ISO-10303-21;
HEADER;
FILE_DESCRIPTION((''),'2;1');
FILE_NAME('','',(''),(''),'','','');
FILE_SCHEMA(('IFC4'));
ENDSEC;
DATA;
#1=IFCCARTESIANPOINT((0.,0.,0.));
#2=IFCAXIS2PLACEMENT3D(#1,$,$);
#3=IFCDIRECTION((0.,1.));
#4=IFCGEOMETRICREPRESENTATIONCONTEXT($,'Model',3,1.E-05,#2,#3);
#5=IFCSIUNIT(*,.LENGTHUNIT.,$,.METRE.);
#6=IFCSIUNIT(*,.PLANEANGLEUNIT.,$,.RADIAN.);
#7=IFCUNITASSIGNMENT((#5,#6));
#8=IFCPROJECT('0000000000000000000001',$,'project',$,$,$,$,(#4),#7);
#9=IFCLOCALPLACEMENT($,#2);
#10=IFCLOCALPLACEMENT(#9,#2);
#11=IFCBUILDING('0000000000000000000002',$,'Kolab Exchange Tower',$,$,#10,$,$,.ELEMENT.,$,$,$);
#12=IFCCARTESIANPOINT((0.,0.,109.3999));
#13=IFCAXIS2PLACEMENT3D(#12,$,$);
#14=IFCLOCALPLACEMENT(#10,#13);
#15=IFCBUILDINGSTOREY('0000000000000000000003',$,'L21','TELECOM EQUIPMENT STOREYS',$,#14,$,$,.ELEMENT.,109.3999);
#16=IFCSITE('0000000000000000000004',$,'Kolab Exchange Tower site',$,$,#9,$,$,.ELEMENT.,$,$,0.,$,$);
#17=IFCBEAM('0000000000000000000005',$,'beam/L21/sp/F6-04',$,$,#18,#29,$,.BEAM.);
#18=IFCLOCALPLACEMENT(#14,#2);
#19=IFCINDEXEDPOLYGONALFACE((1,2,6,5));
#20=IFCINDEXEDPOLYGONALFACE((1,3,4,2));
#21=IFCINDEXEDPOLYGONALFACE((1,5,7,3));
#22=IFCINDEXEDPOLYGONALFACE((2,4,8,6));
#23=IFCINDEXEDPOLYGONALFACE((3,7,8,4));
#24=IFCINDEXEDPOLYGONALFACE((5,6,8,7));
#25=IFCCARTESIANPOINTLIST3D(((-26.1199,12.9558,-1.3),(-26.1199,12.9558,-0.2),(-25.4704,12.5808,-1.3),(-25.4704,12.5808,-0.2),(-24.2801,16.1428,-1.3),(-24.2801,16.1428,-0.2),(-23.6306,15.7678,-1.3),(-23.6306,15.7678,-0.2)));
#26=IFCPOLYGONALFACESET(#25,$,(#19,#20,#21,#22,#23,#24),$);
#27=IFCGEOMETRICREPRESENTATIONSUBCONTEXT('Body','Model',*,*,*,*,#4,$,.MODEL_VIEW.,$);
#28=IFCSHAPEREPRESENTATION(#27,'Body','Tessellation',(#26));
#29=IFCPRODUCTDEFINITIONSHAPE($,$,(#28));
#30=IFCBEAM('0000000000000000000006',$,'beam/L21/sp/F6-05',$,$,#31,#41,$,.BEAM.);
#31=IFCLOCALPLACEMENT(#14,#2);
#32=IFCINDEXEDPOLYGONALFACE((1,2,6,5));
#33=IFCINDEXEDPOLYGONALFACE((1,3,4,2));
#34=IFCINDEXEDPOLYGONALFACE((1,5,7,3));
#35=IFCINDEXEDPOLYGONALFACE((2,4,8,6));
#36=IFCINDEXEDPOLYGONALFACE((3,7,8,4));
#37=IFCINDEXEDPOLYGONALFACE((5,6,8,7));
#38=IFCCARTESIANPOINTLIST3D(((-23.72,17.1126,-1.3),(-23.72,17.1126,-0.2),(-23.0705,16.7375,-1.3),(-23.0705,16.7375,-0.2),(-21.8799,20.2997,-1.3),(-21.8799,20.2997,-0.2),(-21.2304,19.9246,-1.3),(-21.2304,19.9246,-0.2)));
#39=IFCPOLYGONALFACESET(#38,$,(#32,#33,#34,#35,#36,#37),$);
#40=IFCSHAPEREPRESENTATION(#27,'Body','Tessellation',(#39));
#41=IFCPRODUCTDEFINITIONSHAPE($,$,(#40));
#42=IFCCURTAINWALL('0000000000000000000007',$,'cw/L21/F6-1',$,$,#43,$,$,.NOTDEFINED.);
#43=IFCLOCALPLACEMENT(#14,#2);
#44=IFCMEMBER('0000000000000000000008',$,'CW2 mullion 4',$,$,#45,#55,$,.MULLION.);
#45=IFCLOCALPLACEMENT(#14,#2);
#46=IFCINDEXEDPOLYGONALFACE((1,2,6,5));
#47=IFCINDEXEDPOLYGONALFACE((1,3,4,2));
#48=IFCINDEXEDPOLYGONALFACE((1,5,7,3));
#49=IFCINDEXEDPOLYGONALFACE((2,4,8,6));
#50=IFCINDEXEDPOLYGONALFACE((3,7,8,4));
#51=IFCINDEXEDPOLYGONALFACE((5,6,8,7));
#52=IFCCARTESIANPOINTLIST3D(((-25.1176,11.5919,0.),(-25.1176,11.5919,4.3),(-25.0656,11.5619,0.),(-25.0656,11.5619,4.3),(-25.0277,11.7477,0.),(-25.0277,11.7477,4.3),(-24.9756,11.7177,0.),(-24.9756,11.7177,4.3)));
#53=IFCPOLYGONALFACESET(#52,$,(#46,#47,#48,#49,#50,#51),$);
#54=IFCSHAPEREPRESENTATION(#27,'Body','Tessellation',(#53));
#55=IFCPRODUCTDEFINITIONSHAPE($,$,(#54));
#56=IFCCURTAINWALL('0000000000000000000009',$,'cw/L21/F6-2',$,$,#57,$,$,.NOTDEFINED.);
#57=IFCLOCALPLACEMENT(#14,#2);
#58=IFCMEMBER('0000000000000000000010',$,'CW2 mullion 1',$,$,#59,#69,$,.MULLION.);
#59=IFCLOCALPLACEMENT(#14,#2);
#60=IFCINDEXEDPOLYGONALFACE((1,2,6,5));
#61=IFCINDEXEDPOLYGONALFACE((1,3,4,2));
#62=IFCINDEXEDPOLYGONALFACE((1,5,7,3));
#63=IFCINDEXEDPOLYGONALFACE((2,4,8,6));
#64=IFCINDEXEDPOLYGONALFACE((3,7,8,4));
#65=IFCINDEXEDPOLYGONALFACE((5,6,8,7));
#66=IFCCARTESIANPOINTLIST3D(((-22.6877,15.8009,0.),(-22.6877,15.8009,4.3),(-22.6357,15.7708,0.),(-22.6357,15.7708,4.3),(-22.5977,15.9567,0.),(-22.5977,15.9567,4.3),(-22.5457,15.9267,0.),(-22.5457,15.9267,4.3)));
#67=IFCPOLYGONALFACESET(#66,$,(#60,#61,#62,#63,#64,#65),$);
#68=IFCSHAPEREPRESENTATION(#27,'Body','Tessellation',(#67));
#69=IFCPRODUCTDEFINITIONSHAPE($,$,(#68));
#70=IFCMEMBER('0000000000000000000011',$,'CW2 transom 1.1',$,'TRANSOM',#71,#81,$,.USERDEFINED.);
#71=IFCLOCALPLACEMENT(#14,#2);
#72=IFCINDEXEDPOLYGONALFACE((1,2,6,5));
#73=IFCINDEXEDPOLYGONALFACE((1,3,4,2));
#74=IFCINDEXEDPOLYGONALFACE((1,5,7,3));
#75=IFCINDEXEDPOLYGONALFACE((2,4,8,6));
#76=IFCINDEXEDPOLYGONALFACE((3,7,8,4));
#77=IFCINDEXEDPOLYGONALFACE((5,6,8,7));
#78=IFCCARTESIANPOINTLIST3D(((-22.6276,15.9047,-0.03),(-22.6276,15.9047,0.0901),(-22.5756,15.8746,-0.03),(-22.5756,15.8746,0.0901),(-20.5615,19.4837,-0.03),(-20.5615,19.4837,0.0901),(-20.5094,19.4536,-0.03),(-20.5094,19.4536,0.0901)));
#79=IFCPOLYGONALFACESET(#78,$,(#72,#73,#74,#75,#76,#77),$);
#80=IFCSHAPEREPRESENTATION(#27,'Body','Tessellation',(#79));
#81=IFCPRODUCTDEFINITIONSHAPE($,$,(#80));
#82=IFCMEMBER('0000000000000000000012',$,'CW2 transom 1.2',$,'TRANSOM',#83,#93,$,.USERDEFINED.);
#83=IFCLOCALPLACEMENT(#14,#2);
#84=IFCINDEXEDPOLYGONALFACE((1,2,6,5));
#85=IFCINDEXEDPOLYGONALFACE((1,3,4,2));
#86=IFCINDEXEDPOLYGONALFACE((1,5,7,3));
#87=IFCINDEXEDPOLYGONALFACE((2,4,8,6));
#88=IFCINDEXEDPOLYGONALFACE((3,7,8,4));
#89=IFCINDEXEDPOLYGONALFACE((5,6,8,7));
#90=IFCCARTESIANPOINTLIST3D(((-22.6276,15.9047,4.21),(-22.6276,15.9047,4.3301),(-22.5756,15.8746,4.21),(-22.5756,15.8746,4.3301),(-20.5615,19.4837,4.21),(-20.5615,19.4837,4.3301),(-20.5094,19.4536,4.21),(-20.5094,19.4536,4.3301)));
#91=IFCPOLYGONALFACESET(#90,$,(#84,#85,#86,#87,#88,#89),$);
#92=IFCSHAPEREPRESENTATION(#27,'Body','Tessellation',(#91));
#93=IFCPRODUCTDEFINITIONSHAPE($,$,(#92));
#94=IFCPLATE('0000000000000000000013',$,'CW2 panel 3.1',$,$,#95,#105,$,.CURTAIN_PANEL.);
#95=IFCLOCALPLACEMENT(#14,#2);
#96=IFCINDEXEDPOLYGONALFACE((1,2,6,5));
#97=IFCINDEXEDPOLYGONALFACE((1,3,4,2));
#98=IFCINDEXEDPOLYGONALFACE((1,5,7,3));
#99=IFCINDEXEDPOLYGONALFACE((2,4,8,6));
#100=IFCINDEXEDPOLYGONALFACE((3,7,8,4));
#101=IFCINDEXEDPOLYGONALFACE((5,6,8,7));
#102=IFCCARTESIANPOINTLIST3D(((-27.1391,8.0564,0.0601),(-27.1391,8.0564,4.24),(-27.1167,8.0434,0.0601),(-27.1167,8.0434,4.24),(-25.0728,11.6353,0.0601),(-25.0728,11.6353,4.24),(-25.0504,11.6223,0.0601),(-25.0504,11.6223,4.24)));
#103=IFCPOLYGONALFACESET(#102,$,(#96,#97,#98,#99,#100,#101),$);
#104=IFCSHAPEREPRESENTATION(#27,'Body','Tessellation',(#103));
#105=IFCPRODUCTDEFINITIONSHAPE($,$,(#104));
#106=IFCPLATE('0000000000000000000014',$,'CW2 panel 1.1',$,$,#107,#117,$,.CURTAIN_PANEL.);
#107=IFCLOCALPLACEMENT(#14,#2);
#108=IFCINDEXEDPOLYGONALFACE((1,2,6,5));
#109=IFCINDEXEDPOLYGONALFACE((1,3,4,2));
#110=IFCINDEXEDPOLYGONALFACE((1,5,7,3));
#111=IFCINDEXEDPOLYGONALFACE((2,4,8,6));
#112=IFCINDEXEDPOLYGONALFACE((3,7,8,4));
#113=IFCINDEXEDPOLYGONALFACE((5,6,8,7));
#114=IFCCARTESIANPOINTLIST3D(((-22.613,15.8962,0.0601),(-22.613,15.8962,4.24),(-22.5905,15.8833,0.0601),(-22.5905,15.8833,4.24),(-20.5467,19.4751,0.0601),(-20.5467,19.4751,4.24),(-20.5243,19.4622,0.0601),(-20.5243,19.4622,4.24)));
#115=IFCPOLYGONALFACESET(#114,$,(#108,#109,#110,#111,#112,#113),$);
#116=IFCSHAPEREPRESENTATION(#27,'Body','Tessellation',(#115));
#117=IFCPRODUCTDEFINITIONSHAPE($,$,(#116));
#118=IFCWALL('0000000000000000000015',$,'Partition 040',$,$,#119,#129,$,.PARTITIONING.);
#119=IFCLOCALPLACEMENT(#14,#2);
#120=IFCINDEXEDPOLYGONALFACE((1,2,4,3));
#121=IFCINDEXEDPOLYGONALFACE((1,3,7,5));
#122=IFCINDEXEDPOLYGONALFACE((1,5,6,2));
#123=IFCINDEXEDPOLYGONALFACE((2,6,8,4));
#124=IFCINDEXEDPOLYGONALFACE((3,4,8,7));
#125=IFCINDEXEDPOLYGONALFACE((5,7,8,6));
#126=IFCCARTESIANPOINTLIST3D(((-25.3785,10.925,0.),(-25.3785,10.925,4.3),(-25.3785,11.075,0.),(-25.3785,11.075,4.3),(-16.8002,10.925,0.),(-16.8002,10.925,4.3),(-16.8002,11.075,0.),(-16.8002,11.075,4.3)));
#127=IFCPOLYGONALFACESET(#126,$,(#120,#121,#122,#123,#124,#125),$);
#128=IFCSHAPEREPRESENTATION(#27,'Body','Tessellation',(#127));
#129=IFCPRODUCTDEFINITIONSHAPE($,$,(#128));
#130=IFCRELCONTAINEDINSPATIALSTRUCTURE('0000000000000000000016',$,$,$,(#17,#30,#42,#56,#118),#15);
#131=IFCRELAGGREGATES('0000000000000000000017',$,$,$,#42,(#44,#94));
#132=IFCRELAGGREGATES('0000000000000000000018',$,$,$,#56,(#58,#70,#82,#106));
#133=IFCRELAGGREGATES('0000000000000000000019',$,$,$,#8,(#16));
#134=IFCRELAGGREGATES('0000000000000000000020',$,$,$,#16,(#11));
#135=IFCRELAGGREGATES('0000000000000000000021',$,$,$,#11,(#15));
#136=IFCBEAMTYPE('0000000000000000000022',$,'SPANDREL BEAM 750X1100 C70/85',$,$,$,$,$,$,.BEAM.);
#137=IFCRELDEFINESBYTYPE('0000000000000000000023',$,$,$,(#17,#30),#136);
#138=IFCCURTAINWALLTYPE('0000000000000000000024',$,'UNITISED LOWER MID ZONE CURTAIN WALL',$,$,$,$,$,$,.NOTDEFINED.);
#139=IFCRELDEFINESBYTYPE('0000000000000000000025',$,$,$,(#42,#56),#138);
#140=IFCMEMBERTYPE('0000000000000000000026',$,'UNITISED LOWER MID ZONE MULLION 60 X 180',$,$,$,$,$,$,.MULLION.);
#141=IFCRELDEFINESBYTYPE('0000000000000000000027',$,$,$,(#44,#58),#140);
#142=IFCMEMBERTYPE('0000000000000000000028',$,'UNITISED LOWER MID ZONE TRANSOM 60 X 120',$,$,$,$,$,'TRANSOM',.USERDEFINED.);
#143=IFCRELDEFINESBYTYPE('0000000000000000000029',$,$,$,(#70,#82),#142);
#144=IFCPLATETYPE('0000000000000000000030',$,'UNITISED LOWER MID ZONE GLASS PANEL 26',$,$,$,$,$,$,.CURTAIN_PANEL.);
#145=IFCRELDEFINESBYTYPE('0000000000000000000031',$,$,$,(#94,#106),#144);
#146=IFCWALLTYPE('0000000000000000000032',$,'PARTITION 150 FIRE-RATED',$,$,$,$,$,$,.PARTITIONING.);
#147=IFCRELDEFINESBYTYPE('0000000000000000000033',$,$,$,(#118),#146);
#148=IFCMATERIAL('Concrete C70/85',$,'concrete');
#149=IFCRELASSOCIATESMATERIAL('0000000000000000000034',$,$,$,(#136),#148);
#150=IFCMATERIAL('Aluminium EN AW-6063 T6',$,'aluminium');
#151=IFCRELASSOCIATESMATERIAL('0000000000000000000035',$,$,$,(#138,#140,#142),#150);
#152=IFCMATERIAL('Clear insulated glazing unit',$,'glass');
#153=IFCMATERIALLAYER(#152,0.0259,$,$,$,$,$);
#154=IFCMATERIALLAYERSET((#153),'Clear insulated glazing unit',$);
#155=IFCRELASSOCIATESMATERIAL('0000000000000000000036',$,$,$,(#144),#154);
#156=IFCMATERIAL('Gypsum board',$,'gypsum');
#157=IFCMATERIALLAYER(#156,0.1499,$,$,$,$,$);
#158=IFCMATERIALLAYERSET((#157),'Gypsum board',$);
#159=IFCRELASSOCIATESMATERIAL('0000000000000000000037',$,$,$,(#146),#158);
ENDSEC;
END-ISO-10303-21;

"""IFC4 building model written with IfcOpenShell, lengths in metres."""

from ifc_helpers import new_model, si_unit, direction, frame, frame_2d, origin, origin_2d, place, context, subcontext, project, spatial, rectangle, extrude, material, layer, layer_set, material_profile, profile_set, type_object, element, aggregate, save


model = new_model("IFC4")

# Units and contexts
model_context = context("Model", 3, precision=1e-05, world=origin(), true_north=direction((0.0, 1.0)))
body_context = subcontext(model_context, "Body", "Model", "MODEL_VIEW")
ifc_project = project(units=[si_unit("LENGTHUNIT", "METRE"), si_unit("PLANEANGLEUNIT", "RADIAN")], contexts=[model_context])

# Site, building, storey
site_placement = place(None, origin())
site = spatial("IfcSite", under=ifc_project, at=site_placement, Name="Kolab Exchange Tower site", CompositionType="ELEMENT", RefElevation=0.0)
building_placement = place(site_placement, origin())
building = spatial("IfcBuilding", under=site, at=building_placement, Name="Kolab Exchange Tower", CompositionType="ELEMENT")
storey_placement = place(building_placement, frame((0.0, 0.0, 109.3999)))
storey = spatial("IfcBuildingStorey", under=building, at=storey_placement, Name="L21", Description="TELECOM EQUIPMENT STOREYS", CompositionType="ELEMENT", Elevation=109.3999)

# Shared definitions
ifc_material_1 = material(Name="Concrete C70/85", Category="concrete")

# Beams
ifc_material_profile_1 = material_profile(ifc_material_1, rectangle(XDim=0.75, YDim=1.1001, at=origin_2d()), Name="RC750X1100")
ifc_profile_set_1 = profile_set([ifc_material_profile_1], Name="Concrete C70/85")
beam_type_1 = type_object("IfcBeamType", Name="SPANDREL BEAM 750X1100 C70/85", PredefinedType="BEAM", material=ifc_profile_set_1)
beam_1_placement = place(storey_placement, frame((-25.7952, 12.7683, -0.75), z_axis=(0.499964, 0.866046, 0.0), x_axis=(-0.866046, 0.499964, 0.0)))
element("IfcBeam", 1, at=beam_1_placement, inside=storey, type_object=beam_type_1, Name="beam/L21/sp/F6-04", PredefinedType="BEAM", context=body_context, shape_type="SweptSolid", body=[
    extrude(rectangle(XDim=0.75, YDim=1.1001, at=origin_2d()), origin(), (0.0, 0.0, 1.0), 3.6799),
])
beam_2_placement = place(storey_placement, frame((-23.3953, 16.925, -0.75), z_axis=(0.500013, 0.866018, 0.0), x_axis=(-0.866018, 0.500013, 0.0)))
element("IfcBeam", 2, at=beam_2_placement, inside=storey, type_object=beam_type_1, Name="beam/L21/sp/F6-05", PredefinedType="BEAM", context=body_context, shape_type="SweptSolid", body=[
    extrude(rectangle(XDim=0.75, YDim=1.1001, at=origin_2d()), origin(), (0.0, 0.0, 1.0), 3.6802),
])

# Curtain wall, member
ifc_material_2 = material(Name="Aluminium EN AW-6063 T6", Category="aluminium")
curtain_wall_type = type_object("IfcCurtainWallType", Name="UNITISED LOWER MID ZONE CURTAIN WALL", PredefinedType="NOTDEFINED", material=ifc_material_2)
curtain_wall_1_placement = place(storey_placement, origin())
curtain_wall_1 = element("IfcCurtainWall", 3, at=curtain_wall_1_placement, inside=storey, type_object=curtain_wall_type, Name="cw/L21/F6-1", PredefinedType="NOTDEFINED")
ifc_material_profile_2 = material_profile(ifc_material_2, rectangle(XDim=0.0601, YDim=0.1799, at=origin_2d()), Name="RECT 60X180")
ifc_profile_set_2 = profile_set([ifc_material_profile_2], Name="Aluminium EN AW-6063 T6")
member_type_1 = type_object("IfcMemberType", Name="UNITISED LOWER MID ZONE MULLION 60 X 180", PredefinedType="MULLION", material=ifc_profile_set_2)
member_1_placement = place(storey_placement, frame((-25.0466, 11.6548, 0.0), z_axis=(0.0, 0.0, 1.0), x_axis=(-0.866025, 0.5, 0.0)))
member_1 = element("IfcMember", 4, at=member_1_placement, type_object=member_type_1, Name="CW2 mullion 4", PredefinedType="MULLION", context=body_context, shape_type="SweptSolid", body=[
    extrude(rectangle(XDim=0.0601, YDim=0.1799, at=origin_2d()), origin(), (0.0, 0.0, 1.0), 4.3),
])

# Curtain wall, members
curtain_wall_2_placement = place(storey_placement, origin())
curtain_wall_2 = element("IfcCurtainWall", 5, at=curtain_wall_2_placement, inside=storey, type_object=curtain_wall_type, Name="cw/L21/F6-2", PredefinedType="NOTDEFINED")
member_2_placement = place(storey_placement, frame((-22.6167, 15.8638, 0.0), z_axis=(0.0, 0.0, 1.0), x_axis=(-0.866025, 0.5, 0.0)))
member_2 = element("IfcMember", 6, at=member_2_placement, type_object=member_type_1, Name="CW2 mullion 1", PredefinedType="MULLION", context=body_context, shape_type="SweptSolid", body=[
    extrude(rectangle(XDim=0.0601, YDim=0.1799, at=origin_2d()), origin(), (0.0, 0.0, 1.0), 4.3),
])
ifc_material_profile_3 = material_profile(ifc_material_2, rectangle(XDim=0.0601, YDim=0.1201, at=origin_2d()), Name="RECT 60X120")
ifc_profile_set_3 = profile_set([ifc_material_profile_3], Name="Aluminium EN AW-6063 T6")
member_type_2 = type_object("IfcMemberType", Name="UNITISED LOWER MID ZONE TRANSOM 60 X 120", ElementType="TRANSOM", PredefinedType="USERDEFINED", material=ifc_profile_set_3)
member_3_placement = place(storey_placement, frame((-22.6016, 15.8896, 0.03), z_axis=(0.499958, 0.86605, 0.0), x_axis=(-0.86605, 0.499958, 0.0)))
member_3 = element("IfcMember", 7, at=member_3_placement, type_object=member_type_2, Name="CW2 transom 1.1", ObjectType="TRANSOM", PredefinedType="USERDEFINED", context=body_context, shape_type="SweptSolid", body=[
    extrude(rectangle(XDim=0.0601, YDim=0.1201, at=origin_2d()), origin(), (0.0, 0.0, 1.0), 4.1326),
])
member_4_placement = place(storey_placement, frame((-22.6016, 15.8896, 4.27), z_axis=(0.499958, 0.86605, 0.0), x_axis=(-0.86605, 0.499958, 0.0)))
member_4 = element("IfcMember", 8, at=member_4_placement, type_object=member_type_2, Name="CW2 transom 1.2", ObjectType="TRANSOM", PredefinedType="USERDEFINED", context=body_context, shape_type="SweptSolid", body=[
    extrude(rectangle(XDim=0.0601, YDim=0.1201, at=origin_2d()), origin(), (0.0, 0.0, 1.0), 4.1326),
])

# Plates
ifc_material_3 = material(Name="Clear insulated glazing unit", Category="glass")
ifc_layer_1 = layer(ifc_material_3, 0.0259)
ifc_layer_set_1 = layer_set([ifc_layer_1], Name="Clear insulated glazing unit")
plate_type = type_object("IfcPlateType", Name="UNITISED LOWER MID ZONE GLASS PANEL 26", PredefinedType="CURTAIN_PANEL", material=ifc_layer_set_1)
plate_1_placement = place(storey_placement, frame((-26.0947, 9.8394, 0.0601), z_axis=(0.0, 0.0, 1.0), x_axis=(0.5, 0.866025, 0.0)))
plate_1 = element("IfcPlate", 9, at=plate_1_placement, type_object=plate_type, Name="CW2 panel 3.1", PredefinedType="CURTAIN_PANEL", context=body_context, shape_type="SweptSolid", body=[
    extrude(rectangle(XDim=4.1326, YDim=0.0259, at=origin_2d()), origin(), (0.0, 0.0, 1.0), 4.1799),
])
aggregate(curtain_wall_1, [member_1, plate_1])
plate_2_placement = place(storey_placement, frame((-21.5686, 17.6792, 0.0601), z_axis=(0.0, 0.0, 1.0), x_axis=(0.5, 0.866025, 0.0)))
plate_2 = element("IfcPlate", 10, at=plate_2_placement, type_object=plate_type, Name="CW2 panel 1.1", PredefinedType="CURTAIN_PANEL", context=body_context, shape_type="SweptSolid", body=[
    extrude(rectangle(XDim=4.1326, YDim=0.0259, at=origin_2d()), origin(), (0.0, 0.0, 1.0), 4.1799),
])
aggregate(curtain_wall_2, [member_2, member_3, member_4, plate_2])

# Wall
ifc_material_4 = material(Name="Gypsum board", Category="gypsum")
ifc_layer_2 = layer(ifc_material_4, 0.1499)
ifc_layer_set_2 = layer_set([ifc_layer_2], Name="Gypsum board")
wall_type_1 = type_object("IfcWallType", Name="PARTITION 150 FIRE-RATED", PredefinedType="PARTITIONING", material=ifc_layer_set_2)
wall_1_placement = place(storey_placement, frame((-25.3784, 11.0, 0.0), z_axis=(0.0, 0.0, 1.0), x_axis=(1.0, 0.0, 0.0)))
element("IfcWall", 11, at=wall_1_placement, inside=storey, type_object=wall_type_1, Name="Partition 040", PredefinedType="PARTITIONING", context=body_context, shape_type="SweptSolid", body=[
    extrude(rectangle(XDim=8.5784, YDim=0.1499, at=frame_2d((4.2891, 0.0))), origin(), (0.0, 0.0, 1.0), 4.3),
])

save(model, "model.ifc")
